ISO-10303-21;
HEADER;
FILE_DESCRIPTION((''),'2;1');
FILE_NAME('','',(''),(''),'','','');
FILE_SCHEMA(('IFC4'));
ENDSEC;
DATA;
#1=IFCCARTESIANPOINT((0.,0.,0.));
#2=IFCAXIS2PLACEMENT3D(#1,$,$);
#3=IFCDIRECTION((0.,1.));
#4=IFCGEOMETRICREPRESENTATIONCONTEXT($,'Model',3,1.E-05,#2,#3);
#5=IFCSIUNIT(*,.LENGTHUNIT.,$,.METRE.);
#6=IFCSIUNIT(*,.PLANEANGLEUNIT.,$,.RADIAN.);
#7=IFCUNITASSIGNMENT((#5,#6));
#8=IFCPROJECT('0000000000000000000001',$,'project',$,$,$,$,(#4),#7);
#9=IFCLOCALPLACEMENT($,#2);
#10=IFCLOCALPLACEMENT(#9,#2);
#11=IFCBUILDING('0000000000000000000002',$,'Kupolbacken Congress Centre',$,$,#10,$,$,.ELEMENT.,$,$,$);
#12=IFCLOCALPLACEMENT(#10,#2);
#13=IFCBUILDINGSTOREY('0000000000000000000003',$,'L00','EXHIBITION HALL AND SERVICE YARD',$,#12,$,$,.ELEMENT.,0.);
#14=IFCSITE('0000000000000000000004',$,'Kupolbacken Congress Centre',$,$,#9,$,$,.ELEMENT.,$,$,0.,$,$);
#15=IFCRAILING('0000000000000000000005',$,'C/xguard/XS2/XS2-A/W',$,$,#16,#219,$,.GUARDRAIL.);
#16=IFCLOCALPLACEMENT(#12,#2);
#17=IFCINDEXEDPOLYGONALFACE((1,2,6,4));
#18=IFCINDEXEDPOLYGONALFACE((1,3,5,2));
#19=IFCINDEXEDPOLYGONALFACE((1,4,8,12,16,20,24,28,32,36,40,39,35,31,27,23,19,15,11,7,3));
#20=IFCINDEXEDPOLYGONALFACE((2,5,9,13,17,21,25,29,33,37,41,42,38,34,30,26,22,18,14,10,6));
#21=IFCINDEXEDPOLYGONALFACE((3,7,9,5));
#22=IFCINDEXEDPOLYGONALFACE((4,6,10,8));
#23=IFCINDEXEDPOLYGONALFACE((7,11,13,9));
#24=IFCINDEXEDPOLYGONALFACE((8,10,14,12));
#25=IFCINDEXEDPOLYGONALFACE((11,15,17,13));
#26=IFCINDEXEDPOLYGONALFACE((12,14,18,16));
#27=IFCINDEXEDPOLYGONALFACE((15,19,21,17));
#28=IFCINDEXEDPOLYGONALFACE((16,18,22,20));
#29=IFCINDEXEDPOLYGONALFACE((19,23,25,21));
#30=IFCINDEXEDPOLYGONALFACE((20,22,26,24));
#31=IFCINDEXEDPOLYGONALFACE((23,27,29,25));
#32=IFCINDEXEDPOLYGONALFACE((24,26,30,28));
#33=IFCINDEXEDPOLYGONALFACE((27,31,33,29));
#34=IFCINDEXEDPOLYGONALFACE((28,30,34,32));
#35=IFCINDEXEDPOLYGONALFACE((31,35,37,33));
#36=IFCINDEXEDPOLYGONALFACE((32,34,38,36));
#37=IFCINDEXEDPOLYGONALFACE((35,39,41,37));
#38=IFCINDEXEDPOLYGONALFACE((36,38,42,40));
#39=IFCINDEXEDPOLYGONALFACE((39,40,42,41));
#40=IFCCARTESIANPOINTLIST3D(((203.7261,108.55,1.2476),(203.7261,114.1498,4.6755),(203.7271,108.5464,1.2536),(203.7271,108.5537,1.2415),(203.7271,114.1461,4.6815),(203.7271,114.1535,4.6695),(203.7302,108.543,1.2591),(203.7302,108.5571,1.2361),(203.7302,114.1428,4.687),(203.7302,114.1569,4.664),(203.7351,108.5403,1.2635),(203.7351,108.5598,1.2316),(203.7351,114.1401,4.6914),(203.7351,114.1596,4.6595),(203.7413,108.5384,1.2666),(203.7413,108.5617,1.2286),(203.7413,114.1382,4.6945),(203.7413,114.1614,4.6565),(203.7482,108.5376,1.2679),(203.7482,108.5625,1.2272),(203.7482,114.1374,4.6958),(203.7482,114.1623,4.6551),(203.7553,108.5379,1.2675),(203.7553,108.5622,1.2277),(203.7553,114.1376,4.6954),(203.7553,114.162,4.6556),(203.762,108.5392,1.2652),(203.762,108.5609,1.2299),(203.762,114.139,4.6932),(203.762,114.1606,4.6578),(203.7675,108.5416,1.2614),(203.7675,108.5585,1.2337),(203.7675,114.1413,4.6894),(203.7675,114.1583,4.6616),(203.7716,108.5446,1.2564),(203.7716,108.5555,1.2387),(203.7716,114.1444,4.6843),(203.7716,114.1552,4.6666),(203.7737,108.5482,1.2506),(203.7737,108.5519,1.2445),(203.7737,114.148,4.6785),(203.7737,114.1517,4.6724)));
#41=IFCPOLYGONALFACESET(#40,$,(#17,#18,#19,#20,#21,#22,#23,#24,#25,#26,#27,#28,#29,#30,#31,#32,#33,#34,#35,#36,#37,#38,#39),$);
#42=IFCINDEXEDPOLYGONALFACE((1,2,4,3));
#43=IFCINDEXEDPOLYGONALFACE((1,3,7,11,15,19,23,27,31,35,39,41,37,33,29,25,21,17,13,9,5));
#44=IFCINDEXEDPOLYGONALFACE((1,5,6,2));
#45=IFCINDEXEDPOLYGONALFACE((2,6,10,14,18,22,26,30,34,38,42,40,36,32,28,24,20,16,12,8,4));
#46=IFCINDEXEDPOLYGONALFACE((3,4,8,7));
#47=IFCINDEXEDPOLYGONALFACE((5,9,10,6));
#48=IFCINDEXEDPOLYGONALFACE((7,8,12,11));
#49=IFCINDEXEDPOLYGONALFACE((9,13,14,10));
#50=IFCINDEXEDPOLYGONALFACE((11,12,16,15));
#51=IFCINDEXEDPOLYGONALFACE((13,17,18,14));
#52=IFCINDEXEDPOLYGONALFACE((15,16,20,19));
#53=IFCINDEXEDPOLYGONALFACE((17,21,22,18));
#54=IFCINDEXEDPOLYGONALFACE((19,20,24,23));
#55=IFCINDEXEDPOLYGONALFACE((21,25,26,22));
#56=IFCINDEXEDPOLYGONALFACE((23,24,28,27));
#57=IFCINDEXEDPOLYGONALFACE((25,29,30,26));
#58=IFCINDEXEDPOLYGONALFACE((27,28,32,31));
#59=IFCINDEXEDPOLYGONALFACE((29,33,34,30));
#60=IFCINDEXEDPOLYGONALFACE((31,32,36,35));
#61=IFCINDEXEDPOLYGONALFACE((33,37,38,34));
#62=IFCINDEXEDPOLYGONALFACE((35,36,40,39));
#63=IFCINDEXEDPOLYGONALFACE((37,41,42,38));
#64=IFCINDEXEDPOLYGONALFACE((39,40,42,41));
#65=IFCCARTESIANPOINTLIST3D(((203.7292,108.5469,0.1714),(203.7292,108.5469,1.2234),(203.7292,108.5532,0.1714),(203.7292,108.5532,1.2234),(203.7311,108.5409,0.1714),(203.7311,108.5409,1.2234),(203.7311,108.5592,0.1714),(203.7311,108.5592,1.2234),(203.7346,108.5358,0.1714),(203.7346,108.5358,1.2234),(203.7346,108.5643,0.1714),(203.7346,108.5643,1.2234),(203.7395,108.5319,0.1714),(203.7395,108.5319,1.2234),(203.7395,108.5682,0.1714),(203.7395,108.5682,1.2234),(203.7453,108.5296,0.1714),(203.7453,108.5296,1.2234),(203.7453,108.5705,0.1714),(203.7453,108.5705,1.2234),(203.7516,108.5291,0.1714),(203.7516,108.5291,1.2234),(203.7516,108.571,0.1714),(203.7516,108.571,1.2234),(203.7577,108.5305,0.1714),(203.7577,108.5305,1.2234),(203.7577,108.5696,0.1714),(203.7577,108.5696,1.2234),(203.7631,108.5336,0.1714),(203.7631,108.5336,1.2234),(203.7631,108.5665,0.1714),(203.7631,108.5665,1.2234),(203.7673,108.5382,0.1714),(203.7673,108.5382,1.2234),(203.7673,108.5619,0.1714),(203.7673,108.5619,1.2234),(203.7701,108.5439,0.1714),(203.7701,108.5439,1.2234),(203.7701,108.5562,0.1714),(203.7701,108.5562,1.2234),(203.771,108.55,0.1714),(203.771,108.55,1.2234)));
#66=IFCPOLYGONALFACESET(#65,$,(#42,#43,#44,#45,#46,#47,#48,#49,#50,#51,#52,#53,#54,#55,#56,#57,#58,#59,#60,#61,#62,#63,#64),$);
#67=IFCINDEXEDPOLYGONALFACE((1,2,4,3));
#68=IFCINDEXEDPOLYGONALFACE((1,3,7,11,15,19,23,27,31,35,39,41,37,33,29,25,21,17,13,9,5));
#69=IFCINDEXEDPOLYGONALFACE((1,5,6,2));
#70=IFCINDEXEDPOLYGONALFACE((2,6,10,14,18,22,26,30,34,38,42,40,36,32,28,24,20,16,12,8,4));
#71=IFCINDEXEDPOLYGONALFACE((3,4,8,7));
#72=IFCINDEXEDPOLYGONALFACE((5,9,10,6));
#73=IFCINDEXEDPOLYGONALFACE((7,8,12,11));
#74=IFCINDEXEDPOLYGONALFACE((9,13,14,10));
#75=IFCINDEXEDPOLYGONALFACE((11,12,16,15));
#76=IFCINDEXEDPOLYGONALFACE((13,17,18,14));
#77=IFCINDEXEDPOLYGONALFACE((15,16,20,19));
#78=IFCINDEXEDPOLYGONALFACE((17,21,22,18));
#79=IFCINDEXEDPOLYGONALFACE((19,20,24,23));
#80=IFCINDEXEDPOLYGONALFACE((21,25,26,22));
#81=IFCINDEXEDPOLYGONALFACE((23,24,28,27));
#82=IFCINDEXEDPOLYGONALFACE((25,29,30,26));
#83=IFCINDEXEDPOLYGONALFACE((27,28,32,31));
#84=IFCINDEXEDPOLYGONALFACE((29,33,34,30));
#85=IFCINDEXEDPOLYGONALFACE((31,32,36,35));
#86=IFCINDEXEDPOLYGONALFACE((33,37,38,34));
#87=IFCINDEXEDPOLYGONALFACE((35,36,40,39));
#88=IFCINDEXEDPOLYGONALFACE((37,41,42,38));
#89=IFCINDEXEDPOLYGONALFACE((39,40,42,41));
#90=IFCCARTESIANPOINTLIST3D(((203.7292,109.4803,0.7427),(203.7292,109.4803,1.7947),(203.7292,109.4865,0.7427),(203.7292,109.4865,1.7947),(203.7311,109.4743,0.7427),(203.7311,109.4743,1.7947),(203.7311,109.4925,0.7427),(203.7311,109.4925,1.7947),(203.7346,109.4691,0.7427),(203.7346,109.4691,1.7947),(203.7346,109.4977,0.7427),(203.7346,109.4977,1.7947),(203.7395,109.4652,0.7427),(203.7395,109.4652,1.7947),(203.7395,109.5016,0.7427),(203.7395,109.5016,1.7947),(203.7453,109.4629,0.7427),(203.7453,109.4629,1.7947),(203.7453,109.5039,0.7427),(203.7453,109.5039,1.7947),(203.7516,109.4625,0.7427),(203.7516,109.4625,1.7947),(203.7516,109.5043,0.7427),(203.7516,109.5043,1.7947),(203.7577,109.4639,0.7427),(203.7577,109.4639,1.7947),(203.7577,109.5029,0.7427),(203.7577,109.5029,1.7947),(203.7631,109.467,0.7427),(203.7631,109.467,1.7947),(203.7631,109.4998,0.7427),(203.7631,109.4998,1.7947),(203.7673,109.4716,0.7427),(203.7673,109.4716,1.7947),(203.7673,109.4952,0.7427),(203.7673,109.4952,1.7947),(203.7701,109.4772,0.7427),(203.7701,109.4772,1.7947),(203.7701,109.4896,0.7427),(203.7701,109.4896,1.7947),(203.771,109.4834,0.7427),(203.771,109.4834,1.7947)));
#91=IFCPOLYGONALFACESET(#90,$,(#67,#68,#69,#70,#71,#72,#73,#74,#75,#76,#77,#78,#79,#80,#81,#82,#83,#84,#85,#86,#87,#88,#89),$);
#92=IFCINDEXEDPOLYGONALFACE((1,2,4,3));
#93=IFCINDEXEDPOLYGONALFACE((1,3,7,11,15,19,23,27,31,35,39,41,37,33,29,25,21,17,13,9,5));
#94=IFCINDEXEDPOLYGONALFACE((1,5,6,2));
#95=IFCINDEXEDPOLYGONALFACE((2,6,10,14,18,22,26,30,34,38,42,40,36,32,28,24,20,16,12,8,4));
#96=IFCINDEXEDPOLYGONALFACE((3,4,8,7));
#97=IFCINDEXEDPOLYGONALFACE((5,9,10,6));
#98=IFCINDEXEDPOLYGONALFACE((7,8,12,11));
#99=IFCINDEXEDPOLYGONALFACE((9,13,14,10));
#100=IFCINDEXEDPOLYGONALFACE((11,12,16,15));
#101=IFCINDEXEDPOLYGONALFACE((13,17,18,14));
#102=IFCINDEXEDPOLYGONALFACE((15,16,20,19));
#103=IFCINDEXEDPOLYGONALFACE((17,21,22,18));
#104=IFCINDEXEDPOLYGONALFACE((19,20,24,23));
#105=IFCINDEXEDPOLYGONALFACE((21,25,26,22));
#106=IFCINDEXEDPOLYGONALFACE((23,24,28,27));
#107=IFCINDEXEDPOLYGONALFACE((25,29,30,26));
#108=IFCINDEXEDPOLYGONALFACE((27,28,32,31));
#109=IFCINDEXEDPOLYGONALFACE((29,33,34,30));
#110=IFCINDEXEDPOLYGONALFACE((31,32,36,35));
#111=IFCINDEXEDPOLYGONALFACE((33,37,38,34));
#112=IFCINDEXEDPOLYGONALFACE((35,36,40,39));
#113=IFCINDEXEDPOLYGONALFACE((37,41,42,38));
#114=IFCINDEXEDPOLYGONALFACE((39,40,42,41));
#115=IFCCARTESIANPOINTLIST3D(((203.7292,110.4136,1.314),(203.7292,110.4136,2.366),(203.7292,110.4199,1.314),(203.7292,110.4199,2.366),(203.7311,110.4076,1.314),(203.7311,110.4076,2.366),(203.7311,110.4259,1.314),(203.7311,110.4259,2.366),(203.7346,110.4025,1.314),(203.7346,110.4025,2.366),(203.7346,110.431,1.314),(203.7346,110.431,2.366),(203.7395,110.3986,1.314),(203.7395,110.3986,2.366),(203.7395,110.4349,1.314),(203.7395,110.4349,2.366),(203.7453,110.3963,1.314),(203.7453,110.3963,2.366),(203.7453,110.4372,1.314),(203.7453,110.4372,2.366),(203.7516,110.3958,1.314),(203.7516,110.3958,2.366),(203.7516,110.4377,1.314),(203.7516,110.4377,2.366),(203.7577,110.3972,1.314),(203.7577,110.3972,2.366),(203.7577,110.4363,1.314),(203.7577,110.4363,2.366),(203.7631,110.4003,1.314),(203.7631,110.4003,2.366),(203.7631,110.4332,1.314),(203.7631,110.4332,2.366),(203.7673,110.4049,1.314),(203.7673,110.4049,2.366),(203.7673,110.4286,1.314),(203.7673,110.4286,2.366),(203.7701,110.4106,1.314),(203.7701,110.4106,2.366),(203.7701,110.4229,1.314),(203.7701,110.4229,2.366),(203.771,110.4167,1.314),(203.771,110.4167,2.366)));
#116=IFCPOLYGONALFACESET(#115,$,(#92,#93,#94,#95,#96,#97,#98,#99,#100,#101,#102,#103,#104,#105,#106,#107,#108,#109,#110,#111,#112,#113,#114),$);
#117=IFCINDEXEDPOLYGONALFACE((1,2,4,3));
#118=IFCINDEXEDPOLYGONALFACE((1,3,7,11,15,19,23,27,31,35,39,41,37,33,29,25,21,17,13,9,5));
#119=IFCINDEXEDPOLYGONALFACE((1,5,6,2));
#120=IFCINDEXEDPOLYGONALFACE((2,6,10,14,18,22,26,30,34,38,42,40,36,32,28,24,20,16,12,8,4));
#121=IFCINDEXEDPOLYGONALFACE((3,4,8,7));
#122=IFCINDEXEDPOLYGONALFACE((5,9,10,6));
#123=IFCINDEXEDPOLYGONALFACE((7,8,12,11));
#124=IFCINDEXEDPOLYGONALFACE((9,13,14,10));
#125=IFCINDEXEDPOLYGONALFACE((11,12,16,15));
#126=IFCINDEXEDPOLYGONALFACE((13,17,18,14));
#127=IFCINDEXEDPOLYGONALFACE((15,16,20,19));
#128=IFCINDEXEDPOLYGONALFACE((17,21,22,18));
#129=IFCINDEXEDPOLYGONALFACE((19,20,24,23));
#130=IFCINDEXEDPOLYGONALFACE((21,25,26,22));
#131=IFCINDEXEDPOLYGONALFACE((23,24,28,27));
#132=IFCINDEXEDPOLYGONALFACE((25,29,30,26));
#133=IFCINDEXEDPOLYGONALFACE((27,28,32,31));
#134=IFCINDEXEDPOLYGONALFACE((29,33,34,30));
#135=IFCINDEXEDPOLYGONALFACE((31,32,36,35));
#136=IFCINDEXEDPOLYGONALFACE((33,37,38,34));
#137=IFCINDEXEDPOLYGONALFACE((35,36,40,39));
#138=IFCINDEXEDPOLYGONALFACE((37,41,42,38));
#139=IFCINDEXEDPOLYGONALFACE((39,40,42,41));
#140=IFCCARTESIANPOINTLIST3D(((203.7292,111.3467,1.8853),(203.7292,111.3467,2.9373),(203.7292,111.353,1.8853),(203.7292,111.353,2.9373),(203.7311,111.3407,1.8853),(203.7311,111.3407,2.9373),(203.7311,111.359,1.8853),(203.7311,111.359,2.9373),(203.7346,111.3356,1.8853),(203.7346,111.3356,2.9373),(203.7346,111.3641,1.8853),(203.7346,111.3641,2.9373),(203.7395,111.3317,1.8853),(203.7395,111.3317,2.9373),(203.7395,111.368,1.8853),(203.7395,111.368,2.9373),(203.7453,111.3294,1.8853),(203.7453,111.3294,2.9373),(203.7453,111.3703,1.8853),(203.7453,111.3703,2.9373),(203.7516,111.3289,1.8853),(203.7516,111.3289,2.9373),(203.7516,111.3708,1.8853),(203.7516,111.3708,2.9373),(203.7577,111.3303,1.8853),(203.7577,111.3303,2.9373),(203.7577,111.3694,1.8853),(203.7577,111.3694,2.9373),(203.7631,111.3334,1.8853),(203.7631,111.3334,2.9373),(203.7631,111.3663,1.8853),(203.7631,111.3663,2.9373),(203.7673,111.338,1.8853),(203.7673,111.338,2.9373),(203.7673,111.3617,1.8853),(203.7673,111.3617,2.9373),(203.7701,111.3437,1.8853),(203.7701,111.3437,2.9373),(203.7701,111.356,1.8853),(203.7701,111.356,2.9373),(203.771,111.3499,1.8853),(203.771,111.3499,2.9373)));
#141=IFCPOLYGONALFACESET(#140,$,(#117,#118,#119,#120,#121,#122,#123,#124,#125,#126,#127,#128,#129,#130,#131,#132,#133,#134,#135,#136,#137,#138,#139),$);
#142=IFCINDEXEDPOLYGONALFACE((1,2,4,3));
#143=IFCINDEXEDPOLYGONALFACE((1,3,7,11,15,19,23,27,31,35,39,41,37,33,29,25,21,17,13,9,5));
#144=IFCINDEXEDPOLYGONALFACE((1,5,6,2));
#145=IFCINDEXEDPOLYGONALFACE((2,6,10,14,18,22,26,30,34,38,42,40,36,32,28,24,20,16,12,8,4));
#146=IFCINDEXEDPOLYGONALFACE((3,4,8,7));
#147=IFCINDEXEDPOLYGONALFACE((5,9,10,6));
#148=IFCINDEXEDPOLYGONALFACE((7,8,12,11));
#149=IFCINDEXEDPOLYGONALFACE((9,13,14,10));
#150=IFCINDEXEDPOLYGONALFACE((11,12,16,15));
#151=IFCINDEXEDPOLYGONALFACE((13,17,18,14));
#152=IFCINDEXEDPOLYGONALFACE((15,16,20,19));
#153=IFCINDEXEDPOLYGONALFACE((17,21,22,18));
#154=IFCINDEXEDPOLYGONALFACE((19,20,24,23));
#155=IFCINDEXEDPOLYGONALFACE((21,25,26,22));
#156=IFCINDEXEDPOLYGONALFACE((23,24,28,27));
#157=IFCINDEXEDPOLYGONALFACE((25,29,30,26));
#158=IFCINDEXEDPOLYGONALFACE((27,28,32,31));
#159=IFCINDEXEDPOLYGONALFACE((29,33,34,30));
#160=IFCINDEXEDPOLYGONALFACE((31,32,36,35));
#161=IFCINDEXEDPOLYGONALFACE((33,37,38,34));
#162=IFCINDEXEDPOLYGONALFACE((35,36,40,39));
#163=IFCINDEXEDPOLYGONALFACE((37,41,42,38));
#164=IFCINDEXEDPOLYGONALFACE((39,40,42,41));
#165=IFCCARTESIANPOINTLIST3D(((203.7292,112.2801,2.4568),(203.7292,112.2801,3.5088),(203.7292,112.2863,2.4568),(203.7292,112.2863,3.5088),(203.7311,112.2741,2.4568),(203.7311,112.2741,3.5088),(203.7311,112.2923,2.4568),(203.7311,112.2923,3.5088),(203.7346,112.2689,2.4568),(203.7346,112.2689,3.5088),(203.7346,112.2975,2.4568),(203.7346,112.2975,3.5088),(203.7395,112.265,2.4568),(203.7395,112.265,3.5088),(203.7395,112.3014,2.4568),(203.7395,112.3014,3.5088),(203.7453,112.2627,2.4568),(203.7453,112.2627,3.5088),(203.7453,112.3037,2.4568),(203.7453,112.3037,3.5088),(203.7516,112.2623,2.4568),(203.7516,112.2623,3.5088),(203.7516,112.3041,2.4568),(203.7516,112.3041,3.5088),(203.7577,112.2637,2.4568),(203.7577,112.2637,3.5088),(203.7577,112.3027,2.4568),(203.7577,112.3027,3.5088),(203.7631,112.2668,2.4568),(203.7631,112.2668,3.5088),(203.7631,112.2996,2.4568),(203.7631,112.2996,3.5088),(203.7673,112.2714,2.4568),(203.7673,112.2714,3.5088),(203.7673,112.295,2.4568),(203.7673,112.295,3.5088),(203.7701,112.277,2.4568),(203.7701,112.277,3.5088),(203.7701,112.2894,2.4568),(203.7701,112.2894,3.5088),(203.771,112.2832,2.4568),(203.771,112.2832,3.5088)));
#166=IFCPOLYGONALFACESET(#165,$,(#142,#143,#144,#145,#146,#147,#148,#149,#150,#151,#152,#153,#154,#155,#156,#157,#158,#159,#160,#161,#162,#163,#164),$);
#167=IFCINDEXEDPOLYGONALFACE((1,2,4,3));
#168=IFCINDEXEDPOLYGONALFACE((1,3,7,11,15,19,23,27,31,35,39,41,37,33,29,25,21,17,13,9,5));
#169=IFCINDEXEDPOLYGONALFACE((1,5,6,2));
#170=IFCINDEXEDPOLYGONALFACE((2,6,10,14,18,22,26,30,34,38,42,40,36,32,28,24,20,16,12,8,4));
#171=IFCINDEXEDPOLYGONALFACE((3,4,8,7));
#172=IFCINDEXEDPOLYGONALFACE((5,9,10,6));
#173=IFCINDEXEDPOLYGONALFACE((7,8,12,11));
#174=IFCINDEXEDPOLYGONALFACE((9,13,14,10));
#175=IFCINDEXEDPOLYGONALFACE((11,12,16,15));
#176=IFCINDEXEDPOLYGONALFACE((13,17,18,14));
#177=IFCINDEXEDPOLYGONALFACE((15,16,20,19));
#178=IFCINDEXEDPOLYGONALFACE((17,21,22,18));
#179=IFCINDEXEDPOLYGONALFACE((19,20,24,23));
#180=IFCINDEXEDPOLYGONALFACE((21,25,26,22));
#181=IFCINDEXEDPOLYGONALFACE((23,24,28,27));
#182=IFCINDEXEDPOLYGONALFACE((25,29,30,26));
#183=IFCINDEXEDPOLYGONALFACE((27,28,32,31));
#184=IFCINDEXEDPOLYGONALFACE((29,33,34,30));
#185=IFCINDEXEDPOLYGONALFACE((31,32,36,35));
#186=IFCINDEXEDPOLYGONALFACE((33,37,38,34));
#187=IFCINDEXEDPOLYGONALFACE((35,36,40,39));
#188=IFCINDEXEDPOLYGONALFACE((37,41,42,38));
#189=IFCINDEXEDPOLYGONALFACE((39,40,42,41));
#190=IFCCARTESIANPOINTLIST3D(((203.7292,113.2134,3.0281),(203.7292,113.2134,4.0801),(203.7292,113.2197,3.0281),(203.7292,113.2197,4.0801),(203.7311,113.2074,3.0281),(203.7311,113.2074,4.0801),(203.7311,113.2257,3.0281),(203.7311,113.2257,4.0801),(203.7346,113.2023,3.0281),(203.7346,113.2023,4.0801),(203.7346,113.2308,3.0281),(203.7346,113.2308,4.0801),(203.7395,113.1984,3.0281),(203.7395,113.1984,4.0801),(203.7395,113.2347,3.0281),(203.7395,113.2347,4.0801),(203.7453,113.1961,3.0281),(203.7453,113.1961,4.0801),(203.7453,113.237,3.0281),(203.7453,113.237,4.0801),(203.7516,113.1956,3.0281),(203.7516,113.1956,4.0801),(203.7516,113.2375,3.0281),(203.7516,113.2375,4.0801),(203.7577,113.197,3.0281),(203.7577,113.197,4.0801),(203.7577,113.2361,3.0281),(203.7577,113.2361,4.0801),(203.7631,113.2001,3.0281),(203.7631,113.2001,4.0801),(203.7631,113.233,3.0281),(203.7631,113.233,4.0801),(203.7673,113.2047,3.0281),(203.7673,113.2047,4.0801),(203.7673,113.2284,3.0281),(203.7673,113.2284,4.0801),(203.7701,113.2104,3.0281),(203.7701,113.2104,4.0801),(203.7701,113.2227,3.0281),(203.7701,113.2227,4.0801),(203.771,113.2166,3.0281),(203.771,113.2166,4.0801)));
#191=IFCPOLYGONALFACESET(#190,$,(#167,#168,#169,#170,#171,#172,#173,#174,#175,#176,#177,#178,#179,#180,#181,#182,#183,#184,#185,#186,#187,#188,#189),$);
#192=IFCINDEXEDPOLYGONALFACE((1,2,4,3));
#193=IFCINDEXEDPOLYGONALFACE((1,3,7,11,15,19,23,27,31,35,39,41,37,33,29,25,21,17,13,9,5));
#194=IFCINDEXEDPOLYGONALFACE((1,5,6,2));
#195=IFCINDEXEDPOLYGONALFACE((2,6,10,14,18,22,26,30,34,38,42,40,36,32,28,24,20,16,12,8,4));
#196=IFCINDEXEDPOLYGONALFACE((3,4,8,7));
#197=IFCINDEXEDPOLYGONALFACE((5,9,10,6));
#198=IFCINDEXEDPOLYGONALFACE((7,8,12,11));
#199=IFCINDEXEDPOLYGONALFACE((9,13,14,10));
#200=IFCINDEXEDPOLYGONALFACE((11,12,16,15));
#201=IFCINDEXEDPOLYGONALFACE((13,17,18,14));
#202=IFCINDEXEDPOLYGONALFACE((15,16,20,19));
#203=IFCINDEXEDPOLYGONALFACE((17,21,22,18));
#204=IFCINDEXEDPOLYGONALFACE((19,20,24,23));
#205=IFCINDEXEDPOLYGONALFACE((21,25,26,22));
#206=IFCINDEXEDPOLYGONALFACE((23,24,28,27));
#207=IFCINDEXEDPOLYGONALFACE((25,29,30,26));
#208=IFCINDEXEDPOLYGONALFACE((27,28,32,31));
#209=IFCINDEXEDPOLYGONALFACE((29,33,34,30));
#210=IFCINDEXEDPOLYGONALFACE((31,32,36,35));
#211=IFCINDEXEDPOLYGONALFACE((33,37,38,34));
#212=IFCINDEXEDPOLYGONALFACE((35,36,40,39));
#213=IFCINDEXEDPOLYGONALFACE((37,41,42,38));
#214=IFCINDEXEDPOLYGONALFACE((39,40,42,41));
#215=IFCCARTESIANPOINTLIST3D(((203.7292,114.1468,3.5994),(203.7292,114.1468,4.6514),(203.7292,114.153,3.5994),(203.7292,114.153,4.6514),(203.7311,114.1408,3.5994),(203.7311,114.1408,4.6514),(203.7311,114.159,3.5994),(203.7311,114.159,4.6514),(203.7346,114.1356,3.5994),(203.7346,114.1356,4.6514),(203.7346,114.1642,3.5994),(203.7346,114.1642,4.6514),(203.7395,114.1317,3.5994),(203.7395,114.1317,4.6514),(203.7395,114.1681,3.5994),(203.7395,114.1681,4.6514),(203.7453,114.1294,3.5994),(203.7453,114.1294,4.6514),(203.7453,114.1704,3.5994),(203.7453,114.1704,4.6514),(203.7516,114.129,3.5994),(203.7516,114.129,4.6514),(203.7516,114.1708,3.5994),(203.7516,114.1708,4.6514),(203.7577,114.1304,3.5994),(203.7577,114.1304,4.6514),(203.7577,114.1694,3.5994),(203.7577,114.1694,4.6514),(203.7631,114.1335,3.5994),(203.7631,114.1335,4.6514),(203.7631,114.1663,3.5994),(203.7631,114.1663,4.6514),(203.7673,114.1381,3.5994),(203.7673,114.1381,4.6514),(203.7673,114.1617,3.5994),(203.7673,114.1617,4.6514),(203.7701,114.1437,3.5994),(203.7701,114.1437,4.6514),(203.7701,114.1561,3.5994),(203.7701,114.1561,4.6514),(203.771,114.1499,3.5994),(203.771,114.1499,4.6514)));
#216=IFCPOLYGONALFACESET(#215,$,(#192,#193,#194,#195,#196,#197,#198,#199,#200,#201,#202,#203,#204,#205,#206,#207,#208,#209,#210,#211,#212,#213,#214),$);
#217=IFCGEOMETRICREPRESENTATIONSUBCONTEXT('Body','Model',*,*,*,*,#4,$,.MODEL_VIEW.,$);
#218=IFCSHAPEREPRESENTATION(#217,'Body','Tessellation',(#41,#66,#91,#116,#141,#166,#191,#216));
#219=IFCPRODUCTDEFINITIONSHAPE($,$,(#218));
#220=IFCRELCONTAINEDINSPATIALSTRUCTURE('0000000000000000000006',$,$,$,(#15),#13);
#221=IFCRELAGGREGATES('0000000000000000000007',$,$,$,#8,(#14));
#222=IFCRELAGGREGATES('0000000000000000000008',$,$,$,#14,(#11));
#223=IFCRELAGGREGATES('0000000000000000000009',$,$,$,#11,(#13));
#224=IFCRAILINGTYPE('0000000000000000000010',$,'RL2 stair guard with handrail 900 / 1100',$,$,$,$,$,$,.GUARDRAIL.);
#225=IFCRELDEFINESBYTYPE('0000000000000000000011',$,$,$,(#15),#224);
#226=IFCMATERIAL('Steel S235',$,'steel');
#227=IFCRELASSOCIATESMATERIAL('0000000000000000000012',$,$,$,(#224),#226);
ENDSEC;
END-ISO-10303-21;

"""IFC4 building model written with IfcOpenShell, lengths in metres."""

from ifc_helpers import new_model, si_unit, direction, frame, origin, origin_2d, place, context, subcontext, project, spatial, circle, extrude, material, type_object, element, save


model = new_model("IFC4")

# Units and contexts
model_context = context("Model", 3, precision=1e-05, world=origin(), true_north=direction((0.0, 1.0)))
body_context = subcontext(model_context, "Body", "Model", "MODEL_VIEW")
ifc_project = project(units=[si_unit("LENGTHUNIT", "METRE"), si_unit("PLANEANGLEUNIT", "RADIAN")], contexts=[model_context])

# Site, building, storey
site_placement = place(None, origin())
site = spatial("IfcSite", under=ifc_project, at=site_placement, Name="Kupolbacken Congress Centre", CompositionType="ELEMENT", RefElevation=0.0)
building_placement = place(site_placement, origin())
building = spatial("IfcBuilding", under=site, at=building_placement, Name="Kupolbacken Congress Centre", CompositionType="ELEMENT")
storey_placement = place(building_placement, origin())
storey = spatial("IfcBuildingStorey", under=building, at=storey_placement, Name="L00", Description="EXHIBITION HALL AND SERVICE YARD", CompositionType="ELEMENT", Elevation=0.0)

# Railing
ifc_material_1 = material(Name="Steel S235", Category="steel")
railing_type = type_object("IfcRailingType", Name="RL2 stair guard with handrail 900 / 1100", PredefinedType="GUARDRAIL", material=ifc_material_1)
for number, where, name in (
    (1, (203.75, 108.55, 0.1714), "C/xguard/XS2/XS2-A/W"),
):
    element("IfcRailing", number, at=place(storey_placement, frame(where)), inside=storey, type_object=railing_type, Name=name, PredefinedType="GUARDRAIL", context=body_context, shape_type="SweptSolid", body=[
        extrude(circle(Radius=0.0239, at=origin_2d()), frame((0.0, 0.0, 1.0762), z_axis=(0.0, 0.852885, 0.522098), x_axis=(-1.0, 0.0, 0.0)), (0.0, 0.0, 1.0), 6.5657),
        extrude(circle(Radius=0.021, at=origin_2d()), origin(), (0.0, 0.0, 1.0), 1.052),
        extrude(circle(Radius=0.021, at=origin_2d()), frame((0.0, 0.9333, 0.5713)), (0.0, 0.0, 1.0), 1.052),
        extrude(circle(Radius=0.021, at=origin_2d()), frame((0.0, 1.8667, 1.1426)), (0.0, 0.0, 1.0), 1.052),
        extrude(circle(Radius=0.021, at=origin_2d()), frame((0.0, 2.7998, 1.7139)), (0.0, 0.0, 1.0), 1.052),
        extrude(circle(Radius=0.021, at=origin_2d()), frame((0.0, 3.7332, 2.2854)), (0.0, 0.0, 1.0), 1.052),
        extrude(circle(Radius=0.021, at=origin_2d()), frame((0.0, 4.6665, 2.8567)), (0.0, 0.0, 1.0), 1.052),
        extrude(circle(Radius=0.021, at=origin_2d()), frame((0.0, 5.5999, 3.428)), (0.0, 0.0, 1.0), 1.052),
    ])

save(model, "model.ifc")
